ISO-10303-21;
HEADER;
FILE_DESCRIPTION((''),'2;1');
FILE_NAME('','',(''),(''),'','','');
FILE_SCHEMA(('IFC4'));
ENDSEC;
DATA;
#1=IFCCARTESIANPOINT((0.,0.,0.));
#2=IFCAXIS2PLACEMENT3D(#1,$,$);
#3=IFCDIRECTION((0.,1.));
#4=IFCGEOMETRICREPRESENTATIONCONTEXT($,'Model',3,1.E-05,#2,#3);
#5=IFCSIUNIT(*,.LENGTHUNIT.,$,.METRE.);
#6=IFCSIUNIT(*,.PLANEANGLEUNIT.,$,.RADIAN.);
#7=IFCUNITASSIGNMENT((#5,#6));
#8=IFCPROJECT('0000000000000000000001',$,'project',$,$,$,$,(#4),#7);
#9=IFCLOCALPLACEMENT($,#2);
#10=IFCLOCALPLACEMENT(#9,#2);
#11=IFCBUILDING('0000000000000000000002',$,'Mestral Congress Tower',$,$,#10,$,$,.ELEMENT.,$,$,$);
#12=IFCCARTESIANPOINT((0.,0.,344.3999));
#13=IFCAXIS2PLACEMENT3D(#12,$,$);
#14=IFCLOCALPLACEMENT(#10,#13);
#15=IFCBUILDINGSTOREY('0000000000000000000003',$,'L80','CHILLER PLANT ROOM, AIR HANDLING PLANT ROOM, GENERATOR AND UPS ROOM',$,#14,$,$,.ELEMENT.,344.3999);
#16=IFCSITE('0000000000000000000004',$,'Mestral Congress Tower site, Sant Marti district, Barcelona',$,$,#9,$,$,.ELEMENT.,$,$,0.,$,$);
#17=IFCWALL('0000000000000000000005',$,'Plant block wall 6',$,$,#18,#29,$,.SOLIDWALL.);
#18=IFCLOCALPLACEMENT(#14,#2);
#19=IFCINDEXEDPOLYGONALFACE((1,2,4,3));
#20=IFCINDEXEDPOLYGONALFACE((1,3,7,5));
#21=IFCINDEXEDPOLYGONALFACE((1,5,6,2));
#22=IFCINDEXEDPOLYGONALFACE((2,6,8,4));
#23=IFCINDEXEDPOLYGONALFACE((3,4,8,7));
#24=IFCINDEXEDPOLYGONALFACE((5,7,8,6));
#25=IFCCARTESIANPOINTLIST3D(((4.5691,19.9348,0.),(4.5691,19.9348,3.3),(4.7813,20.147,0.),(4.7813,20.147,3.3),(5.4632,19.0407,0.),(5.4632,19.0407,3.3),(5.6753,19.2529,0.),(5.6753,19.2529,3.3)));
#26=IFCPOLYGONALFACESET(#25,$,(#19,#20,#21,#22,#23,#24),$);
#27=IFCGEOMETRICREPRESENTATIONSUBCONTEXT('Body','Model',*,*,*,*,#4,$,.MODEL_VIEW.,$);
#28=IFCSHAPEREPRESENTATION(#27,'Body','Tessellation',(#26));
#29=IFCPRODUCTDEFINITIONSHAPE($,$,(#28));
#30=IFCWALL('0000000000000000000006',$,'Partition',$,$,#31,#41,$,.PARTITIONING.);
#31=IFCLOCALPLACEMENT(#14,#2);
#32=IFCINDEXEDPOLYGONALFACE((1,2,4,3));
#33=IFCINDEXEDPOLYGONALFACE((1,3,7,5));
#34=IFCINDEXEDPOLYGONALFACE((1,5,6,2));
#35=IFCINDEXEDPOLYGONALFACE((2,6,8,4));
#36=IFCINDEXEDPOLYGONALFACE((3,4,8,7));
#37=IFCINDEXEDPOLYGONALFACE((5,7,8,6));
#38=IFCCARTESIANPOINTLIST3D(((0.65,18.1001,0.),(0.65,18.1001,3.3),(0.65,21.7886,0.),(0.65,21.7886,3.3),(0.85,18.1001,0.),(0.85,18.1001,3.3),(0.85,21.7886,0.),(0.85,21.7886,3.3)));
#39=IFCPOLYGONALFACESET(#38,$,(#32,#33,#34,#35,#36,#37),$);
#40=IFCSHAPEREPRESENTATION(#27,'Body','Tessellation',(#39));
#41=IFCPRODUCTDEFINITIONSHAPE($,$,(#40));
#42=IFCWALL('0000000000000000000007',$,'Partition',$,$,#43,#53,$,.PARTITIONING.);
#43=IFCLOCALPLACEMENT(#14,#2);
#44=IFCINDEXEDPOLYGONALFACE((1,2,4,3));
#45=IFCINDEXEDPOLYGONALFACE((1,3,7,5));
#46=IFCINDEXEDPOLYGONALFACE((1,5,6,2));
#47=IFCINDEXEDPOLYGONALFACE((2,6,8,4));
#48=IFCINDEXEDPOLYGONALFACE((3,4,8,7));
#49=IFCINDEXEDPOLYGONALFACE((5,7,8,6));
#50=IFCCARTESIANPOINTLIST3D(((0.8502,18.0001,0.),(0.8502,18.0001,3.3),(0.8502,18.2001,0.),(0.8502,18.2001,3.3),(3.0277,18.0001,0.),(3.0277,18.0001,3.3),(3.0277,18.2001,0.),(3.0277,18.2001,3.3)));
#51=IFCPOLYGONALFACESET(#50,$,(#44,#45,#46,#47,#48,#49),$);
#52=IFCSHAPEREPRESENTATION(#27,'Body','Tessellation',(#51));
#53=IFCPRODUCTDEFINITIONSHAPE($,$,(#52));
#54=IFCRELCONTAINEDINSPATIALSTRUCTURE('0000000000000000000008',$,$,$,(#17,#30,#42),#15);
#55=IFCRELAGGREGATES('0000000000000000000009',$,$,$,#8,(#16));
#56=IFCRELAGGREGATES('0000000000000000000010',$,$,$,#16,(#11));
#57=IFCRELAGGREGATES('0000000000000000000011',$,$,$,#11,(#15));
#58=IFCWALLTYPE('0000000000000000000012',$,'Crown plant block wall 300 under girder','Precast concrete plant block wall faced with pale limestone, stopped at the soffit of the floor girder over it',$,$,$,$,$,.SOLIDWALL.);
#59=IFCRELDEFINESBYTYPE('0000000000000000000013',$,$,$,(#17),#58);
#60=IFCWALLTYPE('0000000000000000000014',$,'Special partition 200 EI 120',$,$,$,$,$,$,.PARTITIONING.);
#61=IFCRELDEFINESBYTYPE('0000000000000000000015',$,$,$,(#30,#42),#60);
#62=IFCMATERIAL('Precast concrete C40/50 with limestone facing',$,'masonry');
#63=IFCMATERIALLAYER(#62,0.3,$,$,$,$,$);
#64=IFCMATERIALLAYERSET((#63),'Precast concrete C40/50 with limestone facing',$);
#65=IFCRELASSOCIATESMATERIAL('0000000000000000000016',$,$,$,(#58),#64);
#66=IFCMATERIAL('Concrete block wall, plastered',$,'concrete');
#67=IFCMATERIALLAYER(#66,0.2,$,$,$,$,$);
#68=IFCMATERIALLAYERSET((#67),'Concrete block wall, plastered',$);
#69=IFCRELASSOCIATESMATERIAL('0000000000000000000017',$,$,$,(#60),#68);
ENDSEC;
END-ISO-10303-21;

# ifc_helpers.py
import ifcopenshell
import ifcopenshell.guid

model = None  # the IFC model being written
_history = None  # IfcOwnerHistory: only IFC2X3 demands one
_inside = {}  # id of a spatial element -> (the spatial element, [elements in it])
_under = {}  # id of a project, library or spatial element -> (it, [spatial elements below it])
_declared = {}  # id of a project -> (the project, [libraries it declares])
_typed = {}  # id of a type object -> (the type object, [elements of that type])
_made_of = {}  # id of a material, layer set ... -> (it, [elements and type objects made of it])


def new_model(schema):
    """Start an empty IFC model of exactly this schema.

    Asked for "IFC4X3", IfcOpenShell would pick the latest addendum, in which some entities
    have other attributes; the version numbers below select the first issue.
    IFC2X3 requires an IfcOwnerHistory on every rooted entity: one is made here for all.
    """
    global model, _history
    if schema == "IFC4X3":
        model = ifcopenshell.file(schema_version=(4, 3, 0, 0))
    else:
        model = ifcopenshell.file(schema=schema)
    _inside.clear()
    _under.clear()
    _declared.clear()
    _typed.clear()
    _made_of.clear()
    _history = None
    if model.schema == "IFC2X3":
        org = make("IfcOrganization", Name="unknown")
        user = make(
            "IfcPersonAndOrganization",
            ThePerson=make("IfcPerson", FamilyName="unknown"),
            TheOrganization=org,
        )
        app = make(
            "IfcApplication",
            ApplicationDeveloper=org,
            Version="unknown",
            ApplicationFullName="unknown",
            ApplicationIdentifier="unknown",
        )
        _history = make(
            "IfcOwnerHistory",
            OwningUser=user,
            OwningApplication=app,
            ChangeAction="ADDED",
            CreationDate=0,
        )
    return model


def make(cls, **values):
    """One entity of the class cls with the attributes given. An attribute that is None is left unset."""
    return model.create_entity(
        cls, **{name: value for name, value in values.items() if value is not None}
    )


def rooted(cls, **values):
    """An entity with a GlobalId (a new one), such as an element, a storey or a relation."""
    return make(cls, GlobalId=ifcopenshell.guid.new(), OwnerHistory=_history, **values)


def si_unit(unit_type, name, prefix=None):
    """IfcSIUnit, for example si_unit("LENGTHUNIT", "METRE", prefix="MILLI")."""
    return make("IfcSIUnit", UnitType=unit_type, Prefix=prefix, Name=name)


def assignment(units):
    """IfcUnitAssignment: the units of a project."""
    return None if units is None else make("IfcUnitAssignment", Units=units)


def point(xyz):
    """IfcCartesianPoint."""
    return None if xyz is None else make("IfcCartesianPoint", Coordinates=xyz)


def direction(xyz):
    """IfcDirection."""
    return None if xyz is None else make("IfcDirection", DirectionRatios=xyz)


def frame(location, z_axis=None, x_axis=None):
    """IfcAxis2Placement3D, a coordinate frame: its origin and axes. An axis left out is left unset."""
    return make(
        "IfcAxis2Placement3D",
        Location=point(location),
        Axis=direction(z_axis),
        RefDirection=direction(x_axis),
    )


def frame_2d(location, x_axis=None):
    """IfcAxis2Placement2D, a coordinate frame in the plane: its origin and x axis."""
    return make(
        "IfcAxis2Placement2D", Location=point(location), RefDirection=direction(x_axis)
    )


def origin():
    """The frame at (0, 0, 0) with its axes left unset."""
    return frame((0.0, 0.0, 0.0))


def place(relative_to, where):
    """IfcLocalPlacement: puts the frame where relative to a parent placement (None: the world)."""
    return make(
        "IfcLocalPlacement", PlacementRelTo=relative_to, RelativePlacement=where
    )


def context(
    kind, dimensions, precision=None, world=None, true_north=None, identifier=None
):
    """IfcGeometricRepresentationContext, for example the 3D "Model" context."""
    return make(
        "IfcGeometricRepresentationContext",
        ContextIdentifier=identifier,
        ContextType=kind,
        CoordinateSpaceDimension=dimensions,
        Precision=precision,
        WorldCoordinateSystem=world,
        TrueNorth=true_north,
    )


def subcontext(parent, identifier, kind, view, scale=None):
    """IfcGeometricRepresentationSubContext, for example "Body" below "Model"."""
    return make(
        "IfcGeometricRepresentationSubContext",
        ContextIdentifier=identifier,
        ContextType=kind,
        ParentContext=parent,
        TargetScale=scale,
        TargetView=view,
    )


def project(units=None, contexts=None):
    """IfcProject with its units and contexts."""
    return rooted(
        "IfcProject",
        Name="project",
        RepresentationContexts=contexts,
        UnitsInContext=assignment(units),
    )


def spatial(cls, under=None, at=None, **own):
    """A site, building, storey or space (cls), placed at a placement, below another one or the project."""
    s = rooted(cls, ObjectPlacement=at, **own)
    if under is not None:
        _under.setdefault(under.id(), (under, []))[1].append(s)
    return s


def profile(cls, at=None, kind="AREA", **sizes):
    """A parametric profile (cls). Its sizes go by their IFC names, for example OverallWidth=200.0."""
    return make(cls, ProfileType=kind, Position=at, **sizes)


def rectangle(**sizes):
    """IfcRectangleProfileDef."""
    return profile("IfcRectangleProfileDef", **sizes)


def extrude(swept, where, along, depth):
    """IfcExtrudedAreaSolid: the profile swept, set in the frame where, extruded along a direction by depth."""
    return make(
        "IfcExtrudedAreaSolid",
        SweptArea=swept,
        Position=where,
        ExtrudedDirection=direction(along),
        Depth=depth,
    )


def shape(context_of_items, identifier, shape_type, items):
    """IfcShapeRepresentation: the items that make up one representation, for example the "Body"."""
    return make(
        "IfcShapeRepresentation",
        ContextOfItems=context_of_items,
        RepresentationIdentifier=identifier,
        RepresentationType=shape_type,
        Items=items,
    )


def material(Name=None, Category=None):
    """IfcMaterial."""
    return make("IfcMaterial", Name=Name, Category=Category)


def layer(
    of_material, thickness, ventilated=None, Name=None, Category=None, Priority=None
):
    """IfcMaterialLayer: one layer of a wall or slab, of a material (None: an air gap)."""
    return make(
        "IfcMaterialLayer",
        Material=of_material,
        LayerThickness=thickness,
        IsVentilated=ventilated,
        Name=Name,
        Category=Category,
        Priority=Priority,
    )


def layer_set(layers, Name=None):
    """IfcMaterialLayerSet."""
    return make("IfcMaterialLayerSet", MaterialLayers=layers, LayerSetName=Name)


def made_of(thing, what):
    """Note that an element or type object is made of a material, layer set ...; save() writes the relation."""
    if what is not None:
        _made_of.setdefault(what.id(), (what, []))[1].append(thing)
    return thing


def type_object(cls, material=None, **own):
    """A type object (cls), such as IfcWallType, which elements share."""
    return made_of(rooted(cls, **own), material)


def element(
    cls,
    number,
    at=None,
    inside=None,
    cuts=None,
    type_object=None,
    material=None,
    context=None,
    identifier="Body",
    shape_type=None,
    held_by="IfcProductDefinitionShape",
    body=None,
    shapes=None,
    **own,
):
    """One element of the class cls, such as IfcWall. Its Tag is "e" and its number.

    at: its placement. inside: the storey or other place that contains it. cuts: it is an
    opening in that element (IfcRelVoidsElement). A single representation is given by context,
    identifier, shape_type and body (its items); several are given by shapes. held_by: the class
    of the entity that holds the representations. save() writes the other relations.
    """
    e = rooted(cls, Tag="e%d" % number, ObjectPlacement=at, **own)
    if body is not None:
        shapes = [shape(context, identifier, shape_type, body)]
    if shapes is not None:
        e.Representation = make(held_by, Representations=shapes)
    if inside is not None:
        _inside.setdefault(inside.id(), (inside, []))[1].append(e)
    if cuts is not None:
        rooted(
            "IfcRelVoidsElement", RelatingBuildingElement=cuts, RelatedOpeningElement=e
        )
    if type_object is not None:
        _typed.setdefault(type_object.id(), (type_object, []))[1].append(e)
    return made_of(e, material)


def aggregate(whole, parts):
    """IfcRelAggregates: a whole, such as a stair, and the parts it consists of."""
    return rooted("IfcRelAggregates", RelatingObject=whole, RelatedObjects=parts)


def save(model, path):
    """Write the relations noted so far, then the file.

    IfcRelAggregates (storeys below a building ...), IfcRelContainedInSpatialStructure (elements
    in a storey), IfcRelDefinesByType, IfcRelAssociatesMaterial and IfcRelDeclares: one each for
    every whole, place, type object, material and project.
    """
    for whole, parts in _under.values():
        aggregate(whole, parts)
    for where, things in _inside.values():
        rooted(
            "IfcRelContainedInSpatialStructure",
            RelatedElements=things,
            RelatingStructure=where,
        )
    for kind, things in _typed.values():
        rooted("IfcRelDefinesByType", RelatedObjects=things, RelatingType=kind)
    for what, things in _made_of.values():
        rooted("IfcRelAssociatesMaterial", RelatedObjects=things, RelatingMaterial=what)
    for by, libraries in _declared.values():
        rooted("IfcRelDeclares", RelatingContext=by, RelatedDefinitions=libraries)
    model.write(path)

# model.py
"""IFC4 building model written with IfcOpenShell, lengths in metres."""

from ifc_helpers import new_model, si_unit, direction, frame, frame_2d, origin, place, context, subcontext, project, spatial, rectangle, extrude, material, layer, layer_set, type_object, element, save


model = new_model("IFC4")

# Units and contexts
model_context = context("Model", 3, precision=1e-05, world=origin(), true_north=direction((0.0, 1.0)))
body_context = subcontext(model_context, "Body", "Model", "MODEL_VIEW")
ifc_project = project(units=[si_unit("LENGTHUNIT", "METRE"), si_unit("PLANEANGLEUNIT", "RADIAN")], contexts=[model_context])

# Site, building, storey
site_placement = place(None, origin())
site = spatial("IfcSite", under=ifc_project, at=site_placement, Name="Mestral Congress Tower site, Sant Marti district, Barcelona", CompositionType="ELEMENT", RefElevation=0.0)
building_placement = place(site_placement, origin())
building = spatial("IfcBuilding", under=site, at=building_placement, Name="Mestral Congress Tower", CompositionType="ELEMENT")
storey_placement = place(building_placement, frame((0.0, 0.0, 344.3999)))
storey = spatial("IfcBuildingStorey", under=building, at=storey_placement, Name="L80", Description="CHILLER PLANT ROOM, AIR HANDLING PLANT ROOM, GENERATOR AND UPS ROOM", CompositionType="ELEMENT", Elevation=344.3999)

# Walls
ifc_material_1 = material(Name="Precast concrete C40/50 with limestone facing", Category="masonry")
ifc_layer_1 = layer(ifc_material_1, 0.3)
ifc_layer_set_1 = layer_set([ifc_layer_1], Name="Precast concrete C40/50 with limestone facing")
wall_type_1 = type_object("IfcWallType", Name="Crown plant block wall 300 under girder", Description="Precast concrete plant block wall faced with pale limestone, stopped at the soffit of the floor girder over it", PredefinedType="SOLIDWALL", material=ifc_layer_set_1)
wall_1_placement = place(storey_placement, frame((5.5693, 19.1467, 0.0), z_axis=(0.0, 0.0, 1.0), x_axis=(-0.707107, 0.707107, 0.0)))
element("IfcWall", 1, at=wall_1_placement, inside=storey, type_object=wall_type_1, Name="Plant block wall 6", PredefinedType="SOLIDWALL", context=body_context, shape_type="SweptSolid", body=[
    extrude(rectangle(XDim=1.2644, YDim=0.3, at=frame_2d((0.6323, 0.0))), origin(), (0.0, 0.0, 1.0), 3.3),
])
ifc_material_2 = material(Name="Concrete block wall, plastered", Category="concrete")
ifc_layer_2 = layer(ifc_material_2, 0.2)
ifc_layer_set_2 = layer_set([ifc_layer_2], Name="Concrete block wall, plastered")
wall_type_2 = type_object("IfcWallType", Name="Special partition 200 EI 120", PredefinedType="PARTITIONING", material=ifc_layer_set_2)
wall_2_placement = place(storey_placement, frame((0.75, 21.7886, 0.0), z_axis=(0.0, 0.0, 1.0), x_axis=(0.0, -1.0, 0.0)))
element("IfcWall", 2, at=wall_2_placement, inside=storey, type_object=wall_type_2, Name="Partition", PredefinedType="PARTITIONING", context=body_context, shape_type="SweptSolid", body=[
    extrude(rectangle(XDim=3.6885, YDim=0.2, at=frame_2d((1.8442, 0.0))), origin(), (0.0, 0.0, 1.0), 3.3),
])
wall_3_placement = place(storey_placement, frame((0.8501, 18.1001, 0.0), z_axis=(0.0, 0.0, 1.0), x_axis=(1.0, 0.0, 0.0)))
element("IfcWall", 3, at=wall_3_placement, inside=storey, type_object=wall_type_2, Name="Partition", PredefinedType="PARTITIONING", context=body_context, shape_type="SweptSolid", body=[
    extrude(rectangle(XDim=2.1775, YDim=0.2, at=frame_2d((1.0889, 0.0))), origin(), (0.0, 0.0, 1.0), 3.3),
])

save(model, "model.ifc")
